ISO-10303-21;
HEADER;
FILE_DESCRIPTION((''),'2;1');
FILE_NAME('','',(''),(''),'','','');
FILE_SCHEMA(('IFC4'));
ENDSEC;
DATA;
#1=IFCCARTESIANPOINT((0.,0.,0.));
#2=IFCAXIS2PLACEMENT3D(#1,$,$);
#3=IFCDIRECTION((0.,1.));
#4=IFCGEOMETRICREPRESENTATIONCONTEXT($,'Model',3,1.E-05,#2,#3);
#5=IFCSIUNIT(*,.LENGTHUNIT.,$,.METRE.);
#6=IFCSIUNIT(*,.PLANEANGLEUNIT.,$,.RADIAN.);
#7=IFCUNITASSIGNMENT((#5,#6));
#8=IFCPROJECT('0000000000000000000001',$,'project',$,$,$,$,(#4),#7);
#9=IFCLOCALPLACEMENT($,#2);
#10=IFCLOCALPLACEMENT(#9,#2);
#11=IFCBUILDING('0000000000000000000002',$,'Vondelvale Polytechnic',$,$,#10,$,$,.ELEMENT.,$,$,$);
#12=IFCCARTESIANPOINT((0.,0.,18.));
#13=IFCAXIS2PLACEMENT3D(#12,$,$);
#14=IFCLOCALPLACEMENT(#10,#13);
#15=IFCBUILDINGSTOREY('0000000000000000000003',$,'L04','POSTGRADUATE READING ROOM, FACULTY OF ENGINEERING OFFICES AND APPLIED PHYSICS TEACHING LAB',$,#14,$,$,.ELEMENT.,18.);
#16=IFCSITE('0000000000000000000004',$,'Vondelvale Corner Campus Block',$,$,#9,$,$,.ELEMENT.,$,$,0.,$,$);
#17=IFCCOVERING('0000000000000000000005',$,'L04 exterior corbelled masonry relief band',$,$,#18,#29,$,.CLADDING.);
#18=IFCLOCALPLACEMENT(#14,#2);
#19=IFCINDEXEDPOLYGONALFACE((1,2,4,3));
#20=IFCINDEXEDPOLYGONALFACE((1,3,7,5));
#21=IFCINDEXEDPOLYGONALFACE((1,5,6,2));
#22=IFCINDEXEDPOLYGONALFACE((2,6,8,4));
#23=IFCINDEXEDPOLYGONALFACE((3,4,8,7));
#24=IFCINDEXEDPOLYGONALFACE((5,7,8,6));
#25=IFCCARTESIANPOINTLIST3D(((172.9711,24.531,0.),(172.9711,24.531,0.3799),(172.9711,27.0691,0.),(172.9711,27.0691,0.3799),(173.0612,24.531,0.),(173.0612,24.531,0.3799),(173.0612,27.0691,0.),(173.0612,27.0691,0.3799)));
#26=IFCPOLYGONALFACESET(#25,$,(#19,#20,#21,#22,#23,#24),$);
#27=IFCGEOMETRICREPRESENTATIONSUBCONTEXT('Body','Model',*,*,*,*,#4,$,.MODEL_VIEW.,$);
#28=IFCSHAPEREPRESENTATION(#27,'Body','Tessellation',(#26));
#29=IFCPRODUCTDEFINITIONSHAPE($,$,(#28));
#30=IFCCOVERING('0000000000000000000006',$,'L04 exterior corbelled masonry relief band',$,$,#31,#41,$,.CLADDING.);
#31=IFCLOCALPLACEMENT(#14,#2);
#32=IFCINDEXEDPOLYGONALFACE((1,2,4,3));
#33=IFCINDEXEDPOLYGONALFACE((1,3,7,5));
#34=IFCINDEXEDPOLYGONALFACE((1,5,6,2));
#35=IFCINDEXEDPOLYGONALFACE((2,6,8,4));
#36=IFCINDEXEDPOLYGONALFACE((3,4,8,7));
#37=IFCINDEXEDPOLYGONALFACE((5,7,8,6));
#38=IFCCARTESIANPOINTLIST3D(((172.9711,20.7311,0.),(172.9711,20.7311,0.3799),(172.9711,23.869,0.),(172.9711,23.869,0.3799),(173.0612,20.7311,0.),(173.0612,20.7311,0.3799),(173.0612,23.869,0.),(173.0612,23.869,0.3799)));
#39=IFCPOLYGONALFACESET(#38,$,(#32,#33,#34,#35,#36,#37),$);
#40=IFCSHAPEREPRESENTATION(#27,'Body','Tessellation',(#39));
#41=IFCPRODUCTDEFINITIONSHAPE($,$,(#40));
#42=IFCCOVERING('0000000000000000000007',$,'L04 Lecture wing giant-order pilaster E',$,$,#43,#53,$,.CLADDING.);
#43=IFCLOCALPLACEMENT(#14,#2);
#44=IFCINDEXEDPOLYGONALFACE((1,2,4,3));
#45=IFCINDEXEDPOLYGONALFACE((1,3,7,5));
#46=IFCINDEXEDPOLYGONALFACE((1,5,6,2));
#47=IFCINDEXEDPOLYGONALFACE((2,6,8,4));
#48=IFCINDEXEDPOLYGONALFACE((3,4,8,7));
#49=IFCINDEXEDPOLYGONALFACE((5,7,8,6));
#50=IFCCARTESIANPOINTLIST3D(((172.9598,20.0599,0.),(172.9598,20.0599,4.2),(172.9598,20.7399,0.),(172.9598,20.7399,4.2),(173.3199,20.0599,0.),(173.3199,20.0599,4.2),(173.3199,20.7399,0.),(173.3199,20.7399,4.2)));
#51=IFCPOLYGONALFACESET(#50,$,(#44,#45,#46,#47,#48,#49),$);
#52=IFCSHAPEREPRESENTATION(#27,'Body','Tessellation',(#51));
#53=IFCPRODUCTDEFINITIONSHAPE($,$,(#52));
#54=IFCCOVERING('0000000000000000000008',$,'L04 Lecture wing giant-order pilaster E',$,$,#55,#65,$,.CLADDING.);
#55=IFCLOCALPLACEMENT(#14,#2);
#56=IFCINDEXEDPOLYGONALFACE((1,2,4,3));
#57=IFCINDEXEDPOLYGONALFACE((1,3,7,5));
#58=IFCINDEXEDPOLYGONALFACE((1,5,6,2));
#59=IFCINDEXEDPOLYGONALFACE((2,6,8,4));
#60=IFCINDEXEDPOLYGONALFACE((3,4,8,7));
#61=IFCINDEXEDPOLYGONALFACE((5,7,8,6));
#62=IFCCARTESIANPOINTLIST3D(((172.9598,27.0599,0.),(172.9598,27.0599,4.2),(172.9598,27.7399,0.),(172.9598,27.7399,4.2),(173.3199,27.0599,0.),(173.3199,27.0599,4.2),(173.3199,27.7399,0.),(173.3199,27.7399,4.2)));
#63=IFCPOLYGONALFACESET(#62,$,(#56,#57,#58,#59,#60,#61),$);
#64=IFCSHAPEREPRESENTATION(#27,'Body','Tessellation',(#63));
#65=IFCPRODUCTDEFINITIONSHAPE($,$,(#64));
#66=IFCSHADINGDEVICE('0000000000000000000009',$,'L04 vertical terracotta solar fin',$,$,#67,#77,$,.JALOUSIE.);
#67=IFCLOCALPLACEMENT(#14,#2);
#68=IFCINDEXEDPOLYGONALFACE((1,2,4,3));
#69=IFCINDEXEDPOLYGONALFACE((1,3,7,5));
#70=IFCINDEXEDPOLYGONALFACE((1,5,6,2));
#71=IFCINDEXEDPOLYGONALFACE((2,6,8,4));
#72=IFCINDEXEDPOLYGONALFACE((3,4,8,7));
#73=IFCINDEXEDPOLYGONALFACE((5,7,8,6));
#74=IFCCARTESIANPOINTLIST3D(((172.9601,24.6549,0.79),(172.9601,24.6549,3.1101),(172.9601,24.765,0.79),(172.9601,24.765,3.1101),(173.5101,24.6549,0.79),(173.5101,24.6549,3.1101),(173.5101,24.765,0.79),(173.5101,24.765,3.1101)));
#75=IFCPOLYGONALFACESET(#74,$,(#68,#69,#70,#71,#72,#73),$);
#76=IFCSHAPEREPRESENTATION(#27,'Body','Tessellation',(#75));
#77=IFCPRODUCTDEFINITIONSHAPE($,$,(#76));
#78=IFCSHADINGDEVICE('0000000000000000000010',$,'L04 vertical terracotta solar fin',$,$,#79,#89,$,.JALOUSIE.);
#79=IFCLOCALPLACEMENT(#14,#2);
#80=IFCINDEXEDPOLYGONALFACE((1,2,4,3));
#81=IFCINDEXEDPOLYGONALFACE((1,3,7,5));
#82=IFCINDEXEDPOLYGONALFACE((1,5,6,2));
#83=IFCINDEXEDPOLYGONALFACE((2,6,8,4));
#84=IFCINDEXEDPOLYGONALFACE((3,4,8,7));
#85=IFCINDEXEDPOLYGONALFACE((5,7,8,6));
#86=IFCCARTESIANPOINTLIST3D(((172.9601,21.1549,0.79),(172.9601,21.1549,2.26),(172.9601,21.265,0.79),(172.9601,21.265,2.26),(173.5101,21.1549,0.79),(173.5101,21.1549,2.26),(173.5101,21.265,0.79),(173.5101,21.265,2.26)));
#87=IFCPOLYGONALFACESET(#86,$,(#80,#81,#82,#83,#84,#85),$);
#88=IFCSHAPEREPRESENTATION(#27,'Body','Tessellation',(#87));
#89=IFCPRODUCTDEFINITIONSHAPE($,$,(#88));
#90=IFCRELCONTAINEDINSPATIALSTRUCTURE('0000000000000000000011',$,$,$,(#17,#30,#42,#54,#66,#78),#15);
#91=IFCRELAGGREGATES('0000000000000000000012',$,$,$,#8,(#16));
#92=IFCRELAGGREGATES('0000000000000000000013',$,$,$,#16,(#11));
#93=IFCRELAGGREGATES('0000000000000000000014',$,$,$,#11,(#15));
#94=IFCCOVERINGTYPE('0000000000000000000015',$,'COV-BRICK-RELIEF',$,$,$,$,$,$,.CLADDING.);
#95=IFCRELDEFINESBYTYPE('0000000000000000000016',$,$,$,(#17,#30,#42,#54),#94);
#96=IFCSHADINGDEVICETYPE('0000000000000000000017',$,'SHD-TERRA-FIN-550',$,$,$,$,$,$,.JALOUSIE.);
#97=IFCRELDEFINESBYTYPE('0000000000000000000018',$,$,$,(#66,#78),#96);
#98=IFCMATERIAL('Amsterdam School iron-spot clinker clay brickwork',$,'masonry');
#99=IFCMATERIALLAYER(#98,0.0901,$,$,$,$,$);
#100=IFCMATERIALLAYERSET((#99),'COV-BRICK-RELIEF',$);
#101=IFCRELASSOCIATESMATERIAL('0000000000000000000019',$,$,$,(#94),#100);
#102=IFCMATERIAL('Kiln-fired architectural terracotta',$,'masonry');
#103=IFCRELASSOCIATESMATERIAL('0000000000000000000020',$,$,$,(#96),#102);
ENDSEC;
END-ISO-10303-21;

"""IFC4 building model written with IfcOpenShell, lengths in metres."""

from ifc_helpers import new_model, si_unit, direction, frame, origin, origin_2d, place, context, subcontext, project, spatial, rectangle, extrude, material, layer, layer_set, type_object, element, save


model = new_model("IFC4")

# Units and contexts
model_context = context("Model", 3, precision=1e-05, world=origin(), true_north=direction((0.0, 1.0)))
body_context = subcontext(model_context, "Body", "Model", "MODEL_VIEW")
ifc_project = project(units=[si_unit("LENGTHUNIT", "METRE"), si_unit("PLANEANGLEUNIT", "RADIAN")], contexts=[model_context])

# Site, building, storey
site_placement = place(None, origin())
site = spatial("IfcSite", under=ifc_project, at=site_placement, Name="Vondelvale Corner Campus Block", CompositionType="ELEMENT", RefElevation=0.0)
building_placement = place(site_placement, origin())
building = spatial("IfcBuilding", under=site, at=building_placement, Name="Vondelvale Polytechnic", CompositionType="ELEMENT")
storey_placement = place(building_placement, frame((0.0, 0.0, 18.0)))
storey = spatial("IfcBuildingStorey", under=building, at=storey_placement, Name="L04", Description="POSTGRADUATE READING ROOM, FACULTY OF ENGINEERING OFFICES AND APPLIED PHYSICS TEACHING LAB", CompositionType="ELEMENT", Elevation=18.0)

# Shared definitions
ifc_material_1 = material(Name="Kiln-fired architectural terracotta", Category="masonry")

# Shared definitions
ifc_material_2 = material(Name="Amsterdam School iron-spot clinker clay brickwork", Category="masonry")

# Coverings
ifc_layer_1 = layer(ifc_material_2, 0.0901)
ifc_layer_set_1 = layer_set([ifc_layer_1], Name="COV-BRICK-RELIEF")
covering_type = type_object("IfcCoveringType", Name="COV-BRICK-RELIEF", PredefinedType="CLADDING", material=ifc_layer_set_1)
covering_1_placement = place(storey_placement, frame((173.0161, 25.8, 0.0), z_axis=(0.0, 0.0, 1.0), x_axis=(0.0, -1.0, 0.0)))
element("IfcCovering", 1, at=covering_1_placement, inside=storey, type_object=covering_type, Name="L04 exterior corbelled masonry relief band", PredefinedType="CLADDING", context=body_context, shape_type="SweptSolid", body=[
    extrude(rectangle(XDim=2.5381, YDim=0.0901, at=origin_2d()), origin(), (0.0, 0.0, 1.0), 0.3799),
])
covering_2_placement = place(storey_placement, frame((173.0161, 22.3, 0.0), z_axis=(0.0, 0.0, 1.0), x_axis=(0.0, -1.0, 0.0)))
element("IfcCovering", 2, at=covering_2_placement, inside=storey, type_object=covering_type, Name="L04 exterior corbelled masonry relief band", PredefinedType="CLADDING", context=body_context, shape_type="SweptSolid", body=[
    extrude(rectangle(XDim=3.1379, YDim=0.0901, at=origin_2d()), origin(), (0.0, 0.0, 1.0), 0.3799),
])
for number, where, z_axis, x_axis, name in (
    (3, (173.1399, 20.3999, 0.0), (0.0, 0.0, 1.0), (1.0, 0.0, 0.0), "L04 Lecture wing giant-order pilaster E"),
    (4, (173.1399, 27.3999, 0.0), (0.0, 0.0, 1.0), (1.0, 0.0, 0.0), "L04 Lecture wing giant-order pilaster E"),
):
    element("IfcCovering", number, at=place(storey_placement, frame(where, z_axis=z_axis, x_axis=x_axis)), inside=storey, type_object=covering_type, Name=name, PredefinedType="CLADDING", context=body_context, shape_type="SweptSolid", body=[
        extrude(rectangle(XDim=0.3601, YDim=0.6799, at=origin_2d()), origin(), (0.0, 0.0, 1.0), 4.2),
    ])

# Shading devices
shading_device_type = type_object("IfcShadingDeviceType", Name="SHD-TERRA-FIN-550", PredefinedType="JALOUSIE", material=ifc_material_1)
shading_device_1_placement = place(storey_placement, frame((173.2351, 24.71, 0.79), z_axis=(0.0, 0.0, 1.0), x_axis=(0.0, -1.0, 0.0)))
element("IfcShadingDevice", 5, at=shading_device_1_placement, inside=storey, type_object=shading_device_type, Name="L04 vertical terracotta solar fin", PredefinedType="JALOUSIE", context=body_context, shape_type="SweptSolid", body=[
    extrude(rectangle(XDim=0.1101, YDim=0.55, at=origin_2d()), origin(), (0.0, 0.0, 1.0), 2.3201),
])
shading_device_2_placement = place(storey_placement, frame((173.2351, 21.21, 0.79), z_axis=(0.0, 0.0, 1.0), x_axis=(0.0, -1.0, 0.0)))
element("IfcShadingDevice", 6, at=shading_device_2_placement, inside=storey, type_object=shading_device_type, Name="L04 vertical terracotta solar fin", PredefinedType="JALOUSIE", context=body_context, shape_type="SweptSolid", body=[
    extrude(rectangle(XDim=0.1101, YDim=0.55, at=origin_2d()), origin(), (0.0, 0.0, 1.0), 1.47),
])

save(model, "model.ifc")
